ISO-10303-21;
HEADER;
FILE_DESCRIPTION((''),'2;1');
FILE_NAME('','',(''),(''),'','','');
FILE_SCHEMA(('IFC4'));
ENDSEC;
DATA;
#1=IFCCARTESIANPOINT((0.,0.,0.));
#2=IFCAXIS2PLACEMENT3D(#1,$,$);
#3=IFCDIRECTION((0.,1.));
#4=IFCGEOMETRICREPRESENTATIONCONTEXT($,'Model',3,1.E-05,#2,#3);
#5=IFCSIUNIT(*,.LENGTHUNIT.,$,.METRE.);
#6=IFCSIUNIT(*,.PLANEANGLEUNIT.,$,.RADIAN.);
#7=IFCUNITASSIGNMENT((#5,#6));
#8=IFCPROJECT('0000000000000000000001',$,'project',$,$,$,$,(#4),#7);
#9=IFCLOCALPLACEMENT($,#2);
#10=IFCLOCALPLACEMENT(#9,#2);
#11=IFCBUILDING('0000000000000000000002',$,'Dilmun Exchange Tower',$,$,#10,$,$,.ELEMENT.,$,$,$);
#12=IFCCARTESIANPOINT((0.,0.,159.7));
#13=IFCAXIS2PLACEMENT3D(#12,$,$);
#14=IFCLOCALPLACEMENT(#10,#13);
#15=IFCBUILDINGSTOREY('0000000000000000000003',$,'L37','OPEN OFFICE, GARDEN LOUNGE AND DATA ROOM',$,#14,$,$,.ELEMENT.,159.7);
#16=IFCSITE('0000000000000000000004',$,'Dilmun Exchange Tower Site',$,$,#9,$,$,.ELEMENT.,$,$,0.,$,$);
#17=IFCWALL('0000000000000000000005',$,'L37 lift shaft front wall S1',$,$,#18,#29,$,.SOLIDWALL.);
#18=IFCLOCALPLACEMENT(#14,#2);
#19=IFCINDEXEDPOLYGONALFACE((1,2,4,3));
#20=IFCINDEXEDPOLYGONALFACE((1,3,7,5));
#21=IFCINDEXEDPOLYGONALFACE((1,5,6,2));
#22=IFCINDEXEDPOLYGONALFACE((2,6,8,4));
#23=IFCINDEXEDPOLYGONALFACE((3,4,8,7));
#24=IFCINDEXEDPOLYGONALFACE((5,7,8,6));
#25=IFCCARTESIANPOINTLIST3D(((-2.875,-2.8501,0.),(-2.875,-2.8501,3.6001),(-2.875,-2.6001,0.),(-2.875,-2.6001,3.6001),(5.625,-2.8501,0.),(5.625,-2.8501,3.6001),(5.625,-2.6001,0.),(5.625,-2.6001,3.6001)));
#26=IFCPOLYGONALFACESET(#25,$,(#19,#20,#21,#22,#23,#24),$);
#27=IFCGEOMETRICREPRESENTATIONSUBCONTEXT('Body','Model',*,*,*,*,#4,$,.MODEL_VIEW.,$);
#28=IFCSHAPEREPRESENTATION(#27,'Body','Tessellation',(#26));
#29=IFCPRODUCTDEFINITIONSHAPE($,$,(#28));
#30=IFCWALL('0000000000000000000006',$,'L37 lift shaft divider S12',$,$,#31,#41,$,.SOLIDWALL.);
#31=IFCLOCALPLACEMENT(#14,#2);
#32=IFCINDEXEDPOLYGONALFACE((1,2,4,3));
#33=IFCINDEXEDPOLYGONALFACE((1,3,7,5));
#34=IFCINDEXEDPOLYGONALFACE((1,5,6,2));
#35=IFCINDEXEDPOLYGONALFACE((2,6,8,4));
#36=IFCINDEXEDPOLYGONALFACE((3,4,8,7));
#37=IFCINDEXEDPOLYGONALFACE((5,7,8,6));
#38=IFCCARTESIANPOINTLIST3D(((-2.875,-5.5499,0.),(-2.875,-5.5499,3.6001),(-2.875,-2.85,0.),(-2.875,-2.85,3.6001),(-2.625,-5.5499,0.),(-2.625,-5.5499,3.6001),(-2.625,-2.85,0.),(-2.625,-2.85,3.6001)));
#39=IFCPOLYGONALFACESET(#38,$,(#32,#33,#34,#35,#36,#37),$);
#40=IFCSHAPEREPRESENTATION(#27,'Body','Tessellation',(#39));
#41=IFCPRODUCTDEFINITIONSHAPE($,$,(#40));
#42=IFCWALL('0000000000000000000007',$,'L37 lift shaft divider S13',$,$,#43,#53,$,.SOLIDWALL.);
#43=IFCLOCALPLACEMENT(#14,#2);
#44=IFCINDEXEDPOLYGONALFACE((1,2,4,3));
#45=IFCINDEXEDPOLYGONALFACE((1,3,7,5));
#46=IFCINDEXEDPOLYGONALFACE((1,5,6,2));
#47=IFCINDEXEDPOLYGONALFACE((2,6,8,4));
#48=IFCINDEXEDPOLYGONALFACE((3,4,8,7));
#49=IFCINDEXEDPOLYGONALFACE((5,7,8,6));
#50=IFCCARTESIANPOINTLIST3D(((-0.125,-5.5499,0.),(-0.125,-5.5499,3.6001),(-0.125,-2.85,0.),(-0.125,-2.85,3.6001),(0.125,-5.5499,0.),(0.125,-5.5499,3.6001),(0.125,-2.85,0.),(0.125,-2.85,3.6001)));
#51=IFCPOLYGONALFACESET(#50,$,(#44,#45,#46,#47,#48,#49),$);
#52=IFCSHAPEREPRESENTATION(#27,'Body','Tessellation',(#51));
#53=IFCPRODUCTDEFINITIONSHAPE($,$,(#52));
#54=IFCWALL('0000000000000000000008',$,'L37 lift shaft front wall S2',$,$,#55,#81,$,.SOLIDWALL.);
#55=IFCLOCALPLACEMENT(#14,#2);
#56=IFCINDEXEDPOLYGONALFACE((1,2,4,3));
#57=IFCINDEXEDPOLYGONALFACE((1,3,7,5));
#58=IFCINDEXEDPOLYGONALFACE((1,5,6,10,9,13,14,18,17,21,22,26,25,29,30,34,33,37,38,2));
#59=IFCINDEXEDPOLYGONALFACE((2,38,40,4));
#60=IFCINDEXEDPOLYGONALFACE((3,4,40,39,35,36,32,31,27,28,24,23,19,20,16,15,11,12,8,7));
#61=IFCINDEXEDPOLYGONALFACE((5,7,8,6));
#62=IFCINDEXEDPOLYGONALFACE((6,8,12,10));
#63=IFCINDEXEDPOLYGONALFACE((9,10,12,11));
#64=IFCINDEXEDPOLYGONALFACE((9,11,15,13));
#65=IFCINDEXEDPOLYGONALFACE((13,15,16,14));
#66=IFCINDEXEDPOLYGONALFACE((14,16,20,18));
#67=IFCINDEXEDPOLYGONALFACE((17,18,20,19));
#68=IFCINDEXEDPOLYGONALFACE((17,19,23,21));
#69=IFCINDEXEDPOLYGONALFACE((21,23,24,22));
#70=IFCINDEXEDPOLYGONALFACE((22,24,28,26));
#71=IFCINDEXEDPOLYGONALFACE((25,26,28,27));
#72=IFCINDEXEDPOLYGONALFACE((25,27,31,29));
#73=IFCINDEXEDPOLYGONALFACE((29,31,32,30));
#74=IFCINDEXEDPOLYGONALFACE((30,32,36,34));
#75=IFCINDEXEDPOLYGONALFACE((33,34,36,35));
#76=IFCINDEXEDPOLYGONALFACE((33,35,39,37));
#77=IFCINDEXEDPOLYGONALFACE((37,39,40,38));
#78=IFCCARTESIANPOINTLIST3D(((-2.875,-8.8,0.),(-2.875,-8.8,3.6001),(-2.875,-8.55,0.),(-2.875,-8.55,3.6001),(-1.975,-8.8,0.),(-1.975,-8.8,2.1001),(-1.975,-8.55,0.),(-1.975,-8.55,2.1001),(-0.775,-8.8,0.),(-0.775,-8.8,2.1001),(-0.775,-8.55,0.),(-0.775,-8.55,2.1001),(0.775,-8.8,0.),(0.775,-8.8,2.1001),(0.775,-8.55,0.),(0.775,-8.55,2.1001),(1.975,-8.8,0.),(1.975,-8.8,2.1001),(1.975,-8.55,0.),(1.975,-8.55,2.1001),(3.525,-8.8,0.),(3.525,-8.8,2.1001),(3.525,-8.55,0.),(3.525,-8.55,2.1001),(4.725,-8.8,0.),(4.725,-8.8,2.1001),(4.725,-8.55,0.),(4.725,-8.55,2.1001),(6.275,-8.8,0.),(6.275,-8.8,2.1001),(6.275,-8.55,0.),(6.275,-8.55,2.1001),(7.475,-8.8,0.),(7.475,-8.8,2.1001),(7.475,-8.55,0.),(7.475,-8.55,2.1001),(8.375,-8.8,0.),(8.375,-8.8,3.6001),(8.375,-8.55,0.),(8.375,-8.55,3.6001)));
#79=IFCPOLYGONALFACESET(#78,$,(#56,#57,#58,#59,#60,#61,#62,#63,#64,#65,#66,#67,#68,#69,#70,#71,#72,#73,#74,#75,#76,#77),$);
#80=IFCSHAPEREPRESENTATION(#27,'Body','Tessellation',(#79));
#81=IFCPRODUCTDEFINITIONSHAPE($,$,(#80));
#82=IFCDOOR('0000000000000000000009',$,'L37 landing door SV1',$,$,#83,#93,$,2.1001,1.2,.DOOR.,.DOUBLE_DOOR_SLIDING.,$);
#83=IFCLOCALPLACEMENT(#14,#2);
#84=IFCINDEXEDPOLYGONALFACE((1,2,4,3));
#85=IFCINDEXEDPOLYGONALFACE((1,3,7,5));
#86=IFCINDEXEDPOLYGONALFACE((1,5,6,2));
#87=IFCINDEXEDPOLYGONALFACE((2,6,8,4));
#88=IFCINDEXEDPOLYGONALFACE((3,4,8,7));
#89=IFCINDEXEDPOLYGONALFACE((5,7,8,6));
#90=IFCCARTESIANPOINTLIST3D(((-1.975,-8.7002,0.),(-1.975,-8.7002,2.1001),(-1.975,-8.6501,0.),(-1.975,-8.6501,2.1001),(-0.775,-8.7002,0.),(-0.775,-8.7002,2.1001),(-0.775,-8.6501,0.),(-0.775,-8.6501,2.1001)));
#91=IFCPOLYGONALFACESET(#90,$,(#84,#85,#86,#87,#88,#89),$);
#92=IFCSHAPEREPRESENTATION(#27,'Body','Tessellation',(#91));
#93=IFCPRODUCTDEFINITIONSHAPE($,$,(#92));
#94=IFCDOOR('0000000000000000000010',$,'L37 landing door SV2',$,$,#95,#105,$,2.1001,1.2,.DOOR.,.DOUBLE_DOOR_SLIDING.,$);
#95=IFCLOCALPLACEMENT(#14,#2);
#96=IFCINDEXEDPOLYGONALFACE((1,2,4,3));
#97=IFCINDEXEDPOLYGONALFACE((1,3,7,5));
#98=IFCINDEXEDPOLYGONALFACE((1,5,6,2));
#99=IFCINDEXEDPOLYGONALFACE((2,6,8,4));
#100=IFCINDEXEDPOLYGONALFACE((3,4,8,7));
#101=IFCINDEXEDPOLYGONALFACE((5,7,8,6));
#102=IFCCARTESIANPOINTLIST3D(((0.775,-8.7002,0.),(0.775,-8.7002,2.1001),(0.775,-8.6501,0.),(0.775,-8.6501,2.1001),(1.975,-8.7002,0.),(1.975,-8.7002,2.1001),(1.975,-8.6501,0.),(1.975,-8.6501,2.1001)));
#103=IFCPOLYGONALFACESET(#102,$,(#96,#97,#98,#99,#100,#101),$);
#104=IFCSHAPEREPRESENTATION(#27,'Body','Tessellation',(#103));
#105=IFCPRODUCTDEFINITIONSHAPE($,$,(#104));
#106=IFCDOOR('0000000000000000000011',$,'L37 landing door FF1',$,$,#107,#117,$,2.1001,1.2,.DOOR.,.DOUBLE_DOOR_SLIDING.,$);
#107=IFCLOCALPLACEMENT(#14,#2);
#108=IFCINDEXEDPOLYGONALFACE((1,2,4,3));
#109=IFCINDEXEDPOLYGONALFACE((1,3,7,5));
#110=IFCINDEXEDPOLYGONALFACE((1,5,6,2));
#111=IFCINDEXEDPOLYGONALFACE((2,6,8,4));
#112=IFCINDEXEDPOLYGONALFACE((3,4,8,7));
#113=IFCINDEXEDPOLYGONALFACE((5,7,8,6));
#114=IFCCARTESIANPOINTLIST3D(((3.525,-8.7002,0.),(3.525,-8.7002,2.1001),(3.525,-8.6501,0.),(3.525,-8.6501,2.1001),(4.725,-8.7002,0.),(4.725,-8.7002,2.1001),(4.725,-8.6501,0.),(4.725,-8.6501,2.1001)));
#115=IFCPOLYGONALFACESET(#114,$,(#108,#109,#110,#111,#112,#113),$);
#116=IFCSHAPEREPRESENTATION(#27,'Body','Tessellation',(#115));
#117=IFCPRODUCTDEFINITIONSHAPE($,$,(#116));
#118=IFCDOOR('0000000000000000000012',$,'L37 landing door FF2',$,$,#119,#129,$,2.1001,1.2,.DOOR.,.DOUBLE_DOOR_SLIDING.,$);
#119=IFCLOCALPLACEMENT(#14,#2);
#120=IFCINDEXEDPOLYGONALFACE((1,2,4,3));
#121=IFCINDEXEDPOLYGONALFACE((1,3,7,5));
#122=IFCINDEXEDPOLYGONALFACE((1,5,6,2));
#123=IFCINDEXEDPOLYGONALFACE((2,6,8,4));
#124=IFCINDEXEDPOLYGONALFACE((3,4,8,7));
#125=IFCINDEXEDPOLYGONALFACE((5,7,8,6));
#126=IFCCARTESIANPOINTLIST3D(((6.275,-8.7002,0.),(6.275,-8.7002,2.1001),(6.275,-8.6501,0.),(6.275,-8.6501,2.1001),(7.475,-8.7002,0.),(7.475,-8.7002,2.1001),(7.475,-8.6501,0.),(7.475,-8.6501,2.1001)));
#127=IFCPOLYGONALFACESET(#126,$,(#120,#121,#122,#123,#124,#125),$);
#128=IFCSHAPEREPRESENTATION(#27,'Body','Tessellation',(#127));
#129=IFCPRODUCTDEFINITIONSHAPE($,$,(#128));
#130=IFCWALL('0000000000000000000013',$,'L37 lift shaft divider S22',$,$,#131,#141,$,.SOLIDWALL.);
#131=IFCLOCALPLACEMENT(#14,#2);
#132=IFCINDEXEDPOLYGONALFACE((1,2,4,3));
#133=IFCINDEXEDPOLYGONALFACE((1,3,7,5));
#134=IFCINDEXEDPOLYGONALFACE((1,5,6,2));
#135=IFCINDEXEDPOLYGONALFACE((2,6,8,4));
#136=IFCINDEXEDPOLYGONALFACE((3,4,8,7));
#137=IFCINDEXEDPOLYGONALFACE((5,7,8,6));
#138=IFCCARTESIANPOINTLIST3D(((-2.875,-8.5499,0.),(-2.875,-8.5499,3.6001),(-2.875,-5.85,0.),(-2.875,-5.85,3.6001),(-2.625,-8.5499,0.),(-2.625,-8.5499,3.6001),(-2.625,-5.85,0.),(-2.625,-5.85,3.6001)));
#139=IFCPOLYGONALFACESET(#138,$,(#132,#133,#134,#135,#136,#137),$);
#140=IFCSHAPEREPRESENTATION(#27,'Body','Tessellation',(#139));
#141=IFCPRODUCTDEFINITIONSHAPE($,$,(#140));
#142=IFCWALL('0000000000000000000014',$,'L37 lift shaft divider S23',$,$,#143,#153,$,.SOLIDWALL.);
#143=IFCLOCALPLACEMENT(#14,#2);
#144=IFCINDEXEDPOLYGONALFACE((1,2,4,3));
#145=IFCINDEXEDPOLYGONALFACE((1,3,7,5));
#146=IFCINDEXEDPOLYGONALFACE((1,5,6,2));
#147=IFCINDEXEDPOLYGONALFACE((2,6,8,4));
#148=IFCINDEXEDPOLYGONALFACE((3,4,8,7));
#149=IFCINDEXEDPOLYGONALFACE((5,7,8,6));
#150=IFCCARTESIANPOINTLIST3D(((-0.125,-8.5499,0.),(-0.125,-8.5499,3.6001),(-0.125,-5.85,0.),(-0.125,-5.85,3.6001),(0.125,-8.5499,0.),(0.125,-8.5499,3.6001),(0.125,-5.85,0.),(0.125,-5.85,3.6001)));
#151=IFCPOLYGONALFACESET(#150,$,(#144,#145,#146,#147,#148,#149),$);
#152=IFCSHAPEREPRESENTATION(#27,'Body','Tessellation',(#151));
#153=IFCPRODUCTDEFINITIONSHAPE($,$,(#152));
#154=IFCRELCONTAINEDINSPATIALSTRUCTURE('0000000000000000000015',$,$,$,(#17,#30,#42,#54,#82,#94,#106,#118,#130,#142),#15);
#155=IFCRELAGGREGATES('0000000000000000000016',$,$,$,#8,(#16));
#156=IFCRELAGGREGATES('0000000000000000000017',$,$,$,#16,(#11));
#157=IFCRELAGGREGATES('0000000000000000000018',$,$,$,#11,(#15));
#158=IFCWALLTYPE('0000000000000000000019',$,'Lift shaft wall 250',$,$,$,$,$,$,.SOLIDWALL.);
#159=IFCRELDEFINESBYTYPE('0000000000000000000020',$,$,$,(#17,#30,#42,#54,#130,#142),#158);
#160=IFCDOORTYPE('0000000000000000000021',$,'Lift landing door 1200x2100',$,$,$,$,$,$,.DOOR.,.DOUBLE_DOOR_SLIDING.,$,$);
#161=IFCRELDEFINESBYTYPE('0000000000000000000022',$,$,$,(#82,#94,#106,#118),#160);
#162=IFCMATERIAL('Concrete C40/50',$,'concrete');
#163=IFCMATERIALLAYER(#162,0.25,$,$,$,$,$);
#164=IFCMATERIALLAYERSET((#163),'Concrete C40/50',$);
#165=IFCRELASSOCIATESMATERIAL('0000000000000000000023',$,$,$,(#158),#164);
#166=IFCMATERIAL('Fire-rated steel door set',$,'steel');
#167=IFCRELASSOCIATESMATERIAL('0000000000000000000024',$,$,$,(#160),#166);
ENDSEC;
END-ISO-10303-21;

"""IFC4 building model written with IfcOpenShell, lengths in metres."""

from ifc_helpers import new_model, si_unit, direction, frame, frame_2d, origin, place, context, subcontext, project, spatial, rectangle, extrude, material, layer, layer_set, type_object, element, fill, save


model = new_model("IFC4")

# Units and contexts
model_context = context("Model", 3, precision=1e-05, world=origin(), true_north=direction((0.0, 1.0)))
body_context = subcontext(model_context, "Body", "Model", "MODEL_VIEW")
ifc_project = project(units=[si_unit("LENGTHUNIT", "METRE"), si_unit("PLANEANGLEUNIT", "RADIAN")], contexts=[model_context])

# Site, building, storey
site_placement = place(None, origin())
site = spatial("IfcSite", under=ifc_project, at=site_placement, Name="Dilmun Exchange Tower Site", CompositionType="ELEMENT", RefElevation=0.0)
building_placement = place(site_placement, origin())
building = spatial("IfcBuilding", under=site, at=building_placement, Name="Dilmun Exchange Tower", CompositionType="ELEMENT")
storey_placement = place(building_placement, frame((0.0, 0.0, 159.7)))
storey = spatial("IfcBuildingStorey", under=building, at=storey_placement, Name="L37", Description="OPEN OFFICE, GARDEN LOUNGE AND DATA ROOM", CompositionType="ELEMENT", Elevation=159.7)

# Shared definitions
ifc_material_1 = material(Name="Concrete C40/50", Category="concrete")

# Shared definitions
ifc_material_2 = material(Name="Fire-rated steel door set", Category="steel")

# Walls
ifc_layer_1 = layer(ifc_material_1, 0.25)
ifc_layer_set_1 = layer_set([ifc_layer_1], Name="Concrete C40/50")
wall_type_1 = type_object("IfcWallType", Name="Lift shaft wall 250", PredefinedType="SOLIDWALL", material=ifc_layer_set_1)
wall_1_placement = place(storey_placement, frame((-2.875, -2.7251, 0.0), z_axis=(0.0, 0.0, 1.0), x_axis=(1.0, 0.0, 0.0)))
element("IfcWall", 1, at=wall_1_placement, inside=storey, type_object=wall_type_1, Name="L37 lift shaft front wall S1", PredefinedType="SOLIDWALL", context=body_context, shape_type="SweptSolid", body=[
    extrude(rectangle(XDim=8.5, YDim=0.25, at=frame_2d((4.25, 0.0))), origin(), (0.0, 0.0, 1.0), 3.6001),
])
for number, where, z_axis, x_axis, name in (
    (2, (-2.75, -5.55, 0.0), (0.0, 0.0, 1.0), (0.0, 1.0, 0.0), "L37 lift shaft divider S12"),
    (3, (0.0, -5.55, 0.0), (0.0, 0.0, 1.0), (0.0, 1.0, 0.0), "L37 lift shaft divider S13"),
):
    element("IfcWall", number, at=place(storey_placement, frame(where, z_axis=z_axis, x_axis=x_axis)), inside=storey, type_object=wall_type_1, Name=name, PredefinedType="SOLIDWALL", context=body_context, shape_type="SweptSolid", body=[
        extrude(rectangle(XDim=2.7, YDim=0.25, at=frame_2d((1.3501, 0.0))), origin(), (0.0, 0.0, 1.0), 3.6001),
    ])

# Wall, openings, doors
wall_2_placement = place(storey_placement, frame((-2.875, -8.675, 0.0), z_axis=(0.0, 0.0, 1.0), x_axis=(1.0, 0.0, 0.0)))
wall_2 = element("IfcWall", 4, at=wall_2_placement, inside=storey, type_object=wall_type_1, Name="L37 lift shaft front wall S2", PredefinedType="SOLIDWALL", context=body_context, shape_type="SweptSolid", body=[
    extrude(rectangle(XDim=11.25, YDim=0.25, at=frame_2d((5.625, 0.0))), origin(), (0.0, 0.0, 1.0), 3.6001),
])
opening_1_placement = place(wall_2_placement, frame((0.8999, 0.0, 0.0)))
opening_1 = element("IfcOpeningElement", 5, at=opening_1_placement, cuts=wall_2, PredefinedType="OPENING", context=body_context, shape_type="SweptSolid", body=[
    extrude(rectangle(XDim=1.2, YDim=2.1001, at=frame_2d((0.6001, 1.05))), frame((0.0, 0.135, 0.0), z_axis=(0.0, -1.0, 0.0), x_axis=(1.0, 0.0, 0.0)), (0.0, 0.0, 1.0), 0.27),
])
opening_2_placement = place(wall_2_placement, frame((3.6499, 0.0, 0.0)))
opening_2 = element("IfcOpeningElement", 6, at=opening_2_placement, cuts=wall_2, PredefinedType="OPENING", context=body_context, shape_type="SweptSolid", body=[
    extrude(rectangle(XDim=1.2, YDim=2.1001, at=frame_2d((0.6001, 1.05))), frame((0.0, 0.135, 0.0), z_axis=(0.0, -1.0, 0.0), x_axis=(1.0, 0.0, 0.0)), (0.0, 0.0, 1.0), 0.27),
])
opening_3_placement = place(wall_2_placement, frame((6.3999, 0.0, 0.0)))
opening_3 = element("IfcOpeningElement", 7, at=opening_3_placement, cuts=wall_2, PredefinedType="OPENING", context=body_context, shape_type="SweptSolid", body=[
    extrude(rectangle(XDim=1.2, YDim=2.1001, at=frame_2d((0.6001, 1.05))), frame((0.0, 0.135, 0.0), z_axis=(0.0, -1.0, 0.0), x_axis=(1.0, 0.0, 0.0)), (0.0, 0.0, 1.0), 0.27),
])
opening_4_placement = place(wall_2_placement, frame((9.1499, 0.0, 0.0)))
opening_4 = element("IfcOpeningElement", 8, at=opening_4_placement, cuts=wall_2, PredefinedType="OPENING", context=body_context, shape_type="SweptSolid", body=[
    extrude(rectangle(XDim=1.2, YDim=2.1001, at=frame_2d((0.6001, 1.05))), frame((0.0, 0.135, 0.0), z_axis=(0.0, -1.0, 0.0), x_axis=(1.0, 0.0, 0.0)), (0.0, 0.0, 1.0), 0.27),
])
door_type_1 = type_object("IfcDoorType", Name="Lift landing door 1200x2100", OperationType="DOUBLE_DOOR_SLIDING", PredefinedType="DOOR", material=ifc_material_2)
door_1_placement = place(opening_1_placement, origin())
door_1 = element("IfcDoor", 9, at=door_1_placement, inside=storey, type_object=door_type_1, Name="L37 landing door SV1", OperationType="DOUBLE_DOOR_SLIDING", OverallHeight=2.1001, OverallWidth=1.2, PredefinedType="DOOR", context=body_context, shape_type="SweptSolid", body=[
    extrude(rectangle(XDim=1.2, YDim=2.1001, at=frame_2d((0.6001, 1.05))), frame((0.0, 0.0249, 0.0), z_axis=(0.0, -1.0, 0.0), x_axis=(1.0, 0.0, 0.0)), (0.0, 0.0, 1.0), 0.05),
])
fill(opening_1, door_1)
door_2_placement = place(opening_2_placement, origin())
door_2 = element("IfcDoor", 10, at=door_2_placement, inside=storey, type_object=door_type_1, Name="L37 landing door SV2", OperationType="DOUBLE_DOOR_SLIDING", OverallHeight=2.1001, OverallWidth=1.2, PredefinedType="DOOR", context=body_context, shape_type="SweptSolid", body=[
    extrude(rectangle(XDim=1.2, YDim=2.1001, at=frame_2d((0.6001, 1.05))), frame((0.0, 0.0249, 0.0), z_axis=(0.0, -1.0, 0.0), x_axis=(1.0, 0.0, 0.0)), (0.0, 0.0, 1.0), 0.05),
])
fill(opening_2, door_2)
door_3_placement = place(opening_3_placement, origin())
door_3 = element("IfcDoor", 11, at=door_3_placement, inside=storey, type_object=door_type_1, Name="L37 landing door FF1", OperationType="DOUBLE_DOOR_SLIDING", OverallHeight=2.1001, OverallWidth=1.2, PredefinedType="DOOR", context=body_context, shape_type="SweptSolid", body=[
    extrude(rectangle(XDim=1.2, YDim=2.1001, at=frame_2d((0.6001, 1.05))), frame((0.0, 0.0249, 0.0), z_axis=(0.0, -1.0, 0.0), x_axis=(1.0, 0.0, 0.0)), (0.0, 0.0, 1.0), 0.05),
])
fill(opening_3, door_3)
door_4_placement = place(opening_4_placement, origin())
door_4 = element("IfcDoor", 12, at=door_4_placement, inside=storey, type_object=door_type_1, Name="L37 landing door FF2", OperationType="DOUBLE_DOOR_SLIDING", OverallHeight=2.1001, OverallWidth=1.2, PredefinedType="DOOR", context=body_context, shape_type="SweptSolid", body=[
    extrude(rectangle(XDim=1.2, YDim=2.1001, at=frame_2d((0.6001, 1.05))), frame((0.0, 0.0249, 0.0), z_axis=(0.0, -1.0, 0.0), x_axis=(1.0, 0.0, 0.0)), (0.0, 0.0, 1.0), 0.05),
])
fill(opening_4, door_4)

# Walls
for number, where, z_axis, x_axis, name in (
    (13, (-2.75, -8.55, 0.0), (0.0, 0.0, 1.0), (0.0, 1.0, 0.0), "L37 lift shaft divider S22"),
    (14, (0.0, -8.55, 0.0), (0.0, 0.0, 1.0), (0.0, 1.0, 0.0), "L37 lift shaft divider S23"),
):
    element("IfcWall", number, at=place(storey_placement, frame(where, z_axis=z_axis, x_axis=x_axis)), inside=storey, type_object=wall_type_1, Name=name, PredefinedType="SOLIDWALL", context=body_context, shape_type="SweptSolid", body=[
        extrude(rectangle(XDim=2.7, YDim=0.25, at=frame_2d((1.3501, 0.0))), origin(), (0.0, 0.0, 1.0), 3.6001),
    ])

save(model, "model.ifc")
